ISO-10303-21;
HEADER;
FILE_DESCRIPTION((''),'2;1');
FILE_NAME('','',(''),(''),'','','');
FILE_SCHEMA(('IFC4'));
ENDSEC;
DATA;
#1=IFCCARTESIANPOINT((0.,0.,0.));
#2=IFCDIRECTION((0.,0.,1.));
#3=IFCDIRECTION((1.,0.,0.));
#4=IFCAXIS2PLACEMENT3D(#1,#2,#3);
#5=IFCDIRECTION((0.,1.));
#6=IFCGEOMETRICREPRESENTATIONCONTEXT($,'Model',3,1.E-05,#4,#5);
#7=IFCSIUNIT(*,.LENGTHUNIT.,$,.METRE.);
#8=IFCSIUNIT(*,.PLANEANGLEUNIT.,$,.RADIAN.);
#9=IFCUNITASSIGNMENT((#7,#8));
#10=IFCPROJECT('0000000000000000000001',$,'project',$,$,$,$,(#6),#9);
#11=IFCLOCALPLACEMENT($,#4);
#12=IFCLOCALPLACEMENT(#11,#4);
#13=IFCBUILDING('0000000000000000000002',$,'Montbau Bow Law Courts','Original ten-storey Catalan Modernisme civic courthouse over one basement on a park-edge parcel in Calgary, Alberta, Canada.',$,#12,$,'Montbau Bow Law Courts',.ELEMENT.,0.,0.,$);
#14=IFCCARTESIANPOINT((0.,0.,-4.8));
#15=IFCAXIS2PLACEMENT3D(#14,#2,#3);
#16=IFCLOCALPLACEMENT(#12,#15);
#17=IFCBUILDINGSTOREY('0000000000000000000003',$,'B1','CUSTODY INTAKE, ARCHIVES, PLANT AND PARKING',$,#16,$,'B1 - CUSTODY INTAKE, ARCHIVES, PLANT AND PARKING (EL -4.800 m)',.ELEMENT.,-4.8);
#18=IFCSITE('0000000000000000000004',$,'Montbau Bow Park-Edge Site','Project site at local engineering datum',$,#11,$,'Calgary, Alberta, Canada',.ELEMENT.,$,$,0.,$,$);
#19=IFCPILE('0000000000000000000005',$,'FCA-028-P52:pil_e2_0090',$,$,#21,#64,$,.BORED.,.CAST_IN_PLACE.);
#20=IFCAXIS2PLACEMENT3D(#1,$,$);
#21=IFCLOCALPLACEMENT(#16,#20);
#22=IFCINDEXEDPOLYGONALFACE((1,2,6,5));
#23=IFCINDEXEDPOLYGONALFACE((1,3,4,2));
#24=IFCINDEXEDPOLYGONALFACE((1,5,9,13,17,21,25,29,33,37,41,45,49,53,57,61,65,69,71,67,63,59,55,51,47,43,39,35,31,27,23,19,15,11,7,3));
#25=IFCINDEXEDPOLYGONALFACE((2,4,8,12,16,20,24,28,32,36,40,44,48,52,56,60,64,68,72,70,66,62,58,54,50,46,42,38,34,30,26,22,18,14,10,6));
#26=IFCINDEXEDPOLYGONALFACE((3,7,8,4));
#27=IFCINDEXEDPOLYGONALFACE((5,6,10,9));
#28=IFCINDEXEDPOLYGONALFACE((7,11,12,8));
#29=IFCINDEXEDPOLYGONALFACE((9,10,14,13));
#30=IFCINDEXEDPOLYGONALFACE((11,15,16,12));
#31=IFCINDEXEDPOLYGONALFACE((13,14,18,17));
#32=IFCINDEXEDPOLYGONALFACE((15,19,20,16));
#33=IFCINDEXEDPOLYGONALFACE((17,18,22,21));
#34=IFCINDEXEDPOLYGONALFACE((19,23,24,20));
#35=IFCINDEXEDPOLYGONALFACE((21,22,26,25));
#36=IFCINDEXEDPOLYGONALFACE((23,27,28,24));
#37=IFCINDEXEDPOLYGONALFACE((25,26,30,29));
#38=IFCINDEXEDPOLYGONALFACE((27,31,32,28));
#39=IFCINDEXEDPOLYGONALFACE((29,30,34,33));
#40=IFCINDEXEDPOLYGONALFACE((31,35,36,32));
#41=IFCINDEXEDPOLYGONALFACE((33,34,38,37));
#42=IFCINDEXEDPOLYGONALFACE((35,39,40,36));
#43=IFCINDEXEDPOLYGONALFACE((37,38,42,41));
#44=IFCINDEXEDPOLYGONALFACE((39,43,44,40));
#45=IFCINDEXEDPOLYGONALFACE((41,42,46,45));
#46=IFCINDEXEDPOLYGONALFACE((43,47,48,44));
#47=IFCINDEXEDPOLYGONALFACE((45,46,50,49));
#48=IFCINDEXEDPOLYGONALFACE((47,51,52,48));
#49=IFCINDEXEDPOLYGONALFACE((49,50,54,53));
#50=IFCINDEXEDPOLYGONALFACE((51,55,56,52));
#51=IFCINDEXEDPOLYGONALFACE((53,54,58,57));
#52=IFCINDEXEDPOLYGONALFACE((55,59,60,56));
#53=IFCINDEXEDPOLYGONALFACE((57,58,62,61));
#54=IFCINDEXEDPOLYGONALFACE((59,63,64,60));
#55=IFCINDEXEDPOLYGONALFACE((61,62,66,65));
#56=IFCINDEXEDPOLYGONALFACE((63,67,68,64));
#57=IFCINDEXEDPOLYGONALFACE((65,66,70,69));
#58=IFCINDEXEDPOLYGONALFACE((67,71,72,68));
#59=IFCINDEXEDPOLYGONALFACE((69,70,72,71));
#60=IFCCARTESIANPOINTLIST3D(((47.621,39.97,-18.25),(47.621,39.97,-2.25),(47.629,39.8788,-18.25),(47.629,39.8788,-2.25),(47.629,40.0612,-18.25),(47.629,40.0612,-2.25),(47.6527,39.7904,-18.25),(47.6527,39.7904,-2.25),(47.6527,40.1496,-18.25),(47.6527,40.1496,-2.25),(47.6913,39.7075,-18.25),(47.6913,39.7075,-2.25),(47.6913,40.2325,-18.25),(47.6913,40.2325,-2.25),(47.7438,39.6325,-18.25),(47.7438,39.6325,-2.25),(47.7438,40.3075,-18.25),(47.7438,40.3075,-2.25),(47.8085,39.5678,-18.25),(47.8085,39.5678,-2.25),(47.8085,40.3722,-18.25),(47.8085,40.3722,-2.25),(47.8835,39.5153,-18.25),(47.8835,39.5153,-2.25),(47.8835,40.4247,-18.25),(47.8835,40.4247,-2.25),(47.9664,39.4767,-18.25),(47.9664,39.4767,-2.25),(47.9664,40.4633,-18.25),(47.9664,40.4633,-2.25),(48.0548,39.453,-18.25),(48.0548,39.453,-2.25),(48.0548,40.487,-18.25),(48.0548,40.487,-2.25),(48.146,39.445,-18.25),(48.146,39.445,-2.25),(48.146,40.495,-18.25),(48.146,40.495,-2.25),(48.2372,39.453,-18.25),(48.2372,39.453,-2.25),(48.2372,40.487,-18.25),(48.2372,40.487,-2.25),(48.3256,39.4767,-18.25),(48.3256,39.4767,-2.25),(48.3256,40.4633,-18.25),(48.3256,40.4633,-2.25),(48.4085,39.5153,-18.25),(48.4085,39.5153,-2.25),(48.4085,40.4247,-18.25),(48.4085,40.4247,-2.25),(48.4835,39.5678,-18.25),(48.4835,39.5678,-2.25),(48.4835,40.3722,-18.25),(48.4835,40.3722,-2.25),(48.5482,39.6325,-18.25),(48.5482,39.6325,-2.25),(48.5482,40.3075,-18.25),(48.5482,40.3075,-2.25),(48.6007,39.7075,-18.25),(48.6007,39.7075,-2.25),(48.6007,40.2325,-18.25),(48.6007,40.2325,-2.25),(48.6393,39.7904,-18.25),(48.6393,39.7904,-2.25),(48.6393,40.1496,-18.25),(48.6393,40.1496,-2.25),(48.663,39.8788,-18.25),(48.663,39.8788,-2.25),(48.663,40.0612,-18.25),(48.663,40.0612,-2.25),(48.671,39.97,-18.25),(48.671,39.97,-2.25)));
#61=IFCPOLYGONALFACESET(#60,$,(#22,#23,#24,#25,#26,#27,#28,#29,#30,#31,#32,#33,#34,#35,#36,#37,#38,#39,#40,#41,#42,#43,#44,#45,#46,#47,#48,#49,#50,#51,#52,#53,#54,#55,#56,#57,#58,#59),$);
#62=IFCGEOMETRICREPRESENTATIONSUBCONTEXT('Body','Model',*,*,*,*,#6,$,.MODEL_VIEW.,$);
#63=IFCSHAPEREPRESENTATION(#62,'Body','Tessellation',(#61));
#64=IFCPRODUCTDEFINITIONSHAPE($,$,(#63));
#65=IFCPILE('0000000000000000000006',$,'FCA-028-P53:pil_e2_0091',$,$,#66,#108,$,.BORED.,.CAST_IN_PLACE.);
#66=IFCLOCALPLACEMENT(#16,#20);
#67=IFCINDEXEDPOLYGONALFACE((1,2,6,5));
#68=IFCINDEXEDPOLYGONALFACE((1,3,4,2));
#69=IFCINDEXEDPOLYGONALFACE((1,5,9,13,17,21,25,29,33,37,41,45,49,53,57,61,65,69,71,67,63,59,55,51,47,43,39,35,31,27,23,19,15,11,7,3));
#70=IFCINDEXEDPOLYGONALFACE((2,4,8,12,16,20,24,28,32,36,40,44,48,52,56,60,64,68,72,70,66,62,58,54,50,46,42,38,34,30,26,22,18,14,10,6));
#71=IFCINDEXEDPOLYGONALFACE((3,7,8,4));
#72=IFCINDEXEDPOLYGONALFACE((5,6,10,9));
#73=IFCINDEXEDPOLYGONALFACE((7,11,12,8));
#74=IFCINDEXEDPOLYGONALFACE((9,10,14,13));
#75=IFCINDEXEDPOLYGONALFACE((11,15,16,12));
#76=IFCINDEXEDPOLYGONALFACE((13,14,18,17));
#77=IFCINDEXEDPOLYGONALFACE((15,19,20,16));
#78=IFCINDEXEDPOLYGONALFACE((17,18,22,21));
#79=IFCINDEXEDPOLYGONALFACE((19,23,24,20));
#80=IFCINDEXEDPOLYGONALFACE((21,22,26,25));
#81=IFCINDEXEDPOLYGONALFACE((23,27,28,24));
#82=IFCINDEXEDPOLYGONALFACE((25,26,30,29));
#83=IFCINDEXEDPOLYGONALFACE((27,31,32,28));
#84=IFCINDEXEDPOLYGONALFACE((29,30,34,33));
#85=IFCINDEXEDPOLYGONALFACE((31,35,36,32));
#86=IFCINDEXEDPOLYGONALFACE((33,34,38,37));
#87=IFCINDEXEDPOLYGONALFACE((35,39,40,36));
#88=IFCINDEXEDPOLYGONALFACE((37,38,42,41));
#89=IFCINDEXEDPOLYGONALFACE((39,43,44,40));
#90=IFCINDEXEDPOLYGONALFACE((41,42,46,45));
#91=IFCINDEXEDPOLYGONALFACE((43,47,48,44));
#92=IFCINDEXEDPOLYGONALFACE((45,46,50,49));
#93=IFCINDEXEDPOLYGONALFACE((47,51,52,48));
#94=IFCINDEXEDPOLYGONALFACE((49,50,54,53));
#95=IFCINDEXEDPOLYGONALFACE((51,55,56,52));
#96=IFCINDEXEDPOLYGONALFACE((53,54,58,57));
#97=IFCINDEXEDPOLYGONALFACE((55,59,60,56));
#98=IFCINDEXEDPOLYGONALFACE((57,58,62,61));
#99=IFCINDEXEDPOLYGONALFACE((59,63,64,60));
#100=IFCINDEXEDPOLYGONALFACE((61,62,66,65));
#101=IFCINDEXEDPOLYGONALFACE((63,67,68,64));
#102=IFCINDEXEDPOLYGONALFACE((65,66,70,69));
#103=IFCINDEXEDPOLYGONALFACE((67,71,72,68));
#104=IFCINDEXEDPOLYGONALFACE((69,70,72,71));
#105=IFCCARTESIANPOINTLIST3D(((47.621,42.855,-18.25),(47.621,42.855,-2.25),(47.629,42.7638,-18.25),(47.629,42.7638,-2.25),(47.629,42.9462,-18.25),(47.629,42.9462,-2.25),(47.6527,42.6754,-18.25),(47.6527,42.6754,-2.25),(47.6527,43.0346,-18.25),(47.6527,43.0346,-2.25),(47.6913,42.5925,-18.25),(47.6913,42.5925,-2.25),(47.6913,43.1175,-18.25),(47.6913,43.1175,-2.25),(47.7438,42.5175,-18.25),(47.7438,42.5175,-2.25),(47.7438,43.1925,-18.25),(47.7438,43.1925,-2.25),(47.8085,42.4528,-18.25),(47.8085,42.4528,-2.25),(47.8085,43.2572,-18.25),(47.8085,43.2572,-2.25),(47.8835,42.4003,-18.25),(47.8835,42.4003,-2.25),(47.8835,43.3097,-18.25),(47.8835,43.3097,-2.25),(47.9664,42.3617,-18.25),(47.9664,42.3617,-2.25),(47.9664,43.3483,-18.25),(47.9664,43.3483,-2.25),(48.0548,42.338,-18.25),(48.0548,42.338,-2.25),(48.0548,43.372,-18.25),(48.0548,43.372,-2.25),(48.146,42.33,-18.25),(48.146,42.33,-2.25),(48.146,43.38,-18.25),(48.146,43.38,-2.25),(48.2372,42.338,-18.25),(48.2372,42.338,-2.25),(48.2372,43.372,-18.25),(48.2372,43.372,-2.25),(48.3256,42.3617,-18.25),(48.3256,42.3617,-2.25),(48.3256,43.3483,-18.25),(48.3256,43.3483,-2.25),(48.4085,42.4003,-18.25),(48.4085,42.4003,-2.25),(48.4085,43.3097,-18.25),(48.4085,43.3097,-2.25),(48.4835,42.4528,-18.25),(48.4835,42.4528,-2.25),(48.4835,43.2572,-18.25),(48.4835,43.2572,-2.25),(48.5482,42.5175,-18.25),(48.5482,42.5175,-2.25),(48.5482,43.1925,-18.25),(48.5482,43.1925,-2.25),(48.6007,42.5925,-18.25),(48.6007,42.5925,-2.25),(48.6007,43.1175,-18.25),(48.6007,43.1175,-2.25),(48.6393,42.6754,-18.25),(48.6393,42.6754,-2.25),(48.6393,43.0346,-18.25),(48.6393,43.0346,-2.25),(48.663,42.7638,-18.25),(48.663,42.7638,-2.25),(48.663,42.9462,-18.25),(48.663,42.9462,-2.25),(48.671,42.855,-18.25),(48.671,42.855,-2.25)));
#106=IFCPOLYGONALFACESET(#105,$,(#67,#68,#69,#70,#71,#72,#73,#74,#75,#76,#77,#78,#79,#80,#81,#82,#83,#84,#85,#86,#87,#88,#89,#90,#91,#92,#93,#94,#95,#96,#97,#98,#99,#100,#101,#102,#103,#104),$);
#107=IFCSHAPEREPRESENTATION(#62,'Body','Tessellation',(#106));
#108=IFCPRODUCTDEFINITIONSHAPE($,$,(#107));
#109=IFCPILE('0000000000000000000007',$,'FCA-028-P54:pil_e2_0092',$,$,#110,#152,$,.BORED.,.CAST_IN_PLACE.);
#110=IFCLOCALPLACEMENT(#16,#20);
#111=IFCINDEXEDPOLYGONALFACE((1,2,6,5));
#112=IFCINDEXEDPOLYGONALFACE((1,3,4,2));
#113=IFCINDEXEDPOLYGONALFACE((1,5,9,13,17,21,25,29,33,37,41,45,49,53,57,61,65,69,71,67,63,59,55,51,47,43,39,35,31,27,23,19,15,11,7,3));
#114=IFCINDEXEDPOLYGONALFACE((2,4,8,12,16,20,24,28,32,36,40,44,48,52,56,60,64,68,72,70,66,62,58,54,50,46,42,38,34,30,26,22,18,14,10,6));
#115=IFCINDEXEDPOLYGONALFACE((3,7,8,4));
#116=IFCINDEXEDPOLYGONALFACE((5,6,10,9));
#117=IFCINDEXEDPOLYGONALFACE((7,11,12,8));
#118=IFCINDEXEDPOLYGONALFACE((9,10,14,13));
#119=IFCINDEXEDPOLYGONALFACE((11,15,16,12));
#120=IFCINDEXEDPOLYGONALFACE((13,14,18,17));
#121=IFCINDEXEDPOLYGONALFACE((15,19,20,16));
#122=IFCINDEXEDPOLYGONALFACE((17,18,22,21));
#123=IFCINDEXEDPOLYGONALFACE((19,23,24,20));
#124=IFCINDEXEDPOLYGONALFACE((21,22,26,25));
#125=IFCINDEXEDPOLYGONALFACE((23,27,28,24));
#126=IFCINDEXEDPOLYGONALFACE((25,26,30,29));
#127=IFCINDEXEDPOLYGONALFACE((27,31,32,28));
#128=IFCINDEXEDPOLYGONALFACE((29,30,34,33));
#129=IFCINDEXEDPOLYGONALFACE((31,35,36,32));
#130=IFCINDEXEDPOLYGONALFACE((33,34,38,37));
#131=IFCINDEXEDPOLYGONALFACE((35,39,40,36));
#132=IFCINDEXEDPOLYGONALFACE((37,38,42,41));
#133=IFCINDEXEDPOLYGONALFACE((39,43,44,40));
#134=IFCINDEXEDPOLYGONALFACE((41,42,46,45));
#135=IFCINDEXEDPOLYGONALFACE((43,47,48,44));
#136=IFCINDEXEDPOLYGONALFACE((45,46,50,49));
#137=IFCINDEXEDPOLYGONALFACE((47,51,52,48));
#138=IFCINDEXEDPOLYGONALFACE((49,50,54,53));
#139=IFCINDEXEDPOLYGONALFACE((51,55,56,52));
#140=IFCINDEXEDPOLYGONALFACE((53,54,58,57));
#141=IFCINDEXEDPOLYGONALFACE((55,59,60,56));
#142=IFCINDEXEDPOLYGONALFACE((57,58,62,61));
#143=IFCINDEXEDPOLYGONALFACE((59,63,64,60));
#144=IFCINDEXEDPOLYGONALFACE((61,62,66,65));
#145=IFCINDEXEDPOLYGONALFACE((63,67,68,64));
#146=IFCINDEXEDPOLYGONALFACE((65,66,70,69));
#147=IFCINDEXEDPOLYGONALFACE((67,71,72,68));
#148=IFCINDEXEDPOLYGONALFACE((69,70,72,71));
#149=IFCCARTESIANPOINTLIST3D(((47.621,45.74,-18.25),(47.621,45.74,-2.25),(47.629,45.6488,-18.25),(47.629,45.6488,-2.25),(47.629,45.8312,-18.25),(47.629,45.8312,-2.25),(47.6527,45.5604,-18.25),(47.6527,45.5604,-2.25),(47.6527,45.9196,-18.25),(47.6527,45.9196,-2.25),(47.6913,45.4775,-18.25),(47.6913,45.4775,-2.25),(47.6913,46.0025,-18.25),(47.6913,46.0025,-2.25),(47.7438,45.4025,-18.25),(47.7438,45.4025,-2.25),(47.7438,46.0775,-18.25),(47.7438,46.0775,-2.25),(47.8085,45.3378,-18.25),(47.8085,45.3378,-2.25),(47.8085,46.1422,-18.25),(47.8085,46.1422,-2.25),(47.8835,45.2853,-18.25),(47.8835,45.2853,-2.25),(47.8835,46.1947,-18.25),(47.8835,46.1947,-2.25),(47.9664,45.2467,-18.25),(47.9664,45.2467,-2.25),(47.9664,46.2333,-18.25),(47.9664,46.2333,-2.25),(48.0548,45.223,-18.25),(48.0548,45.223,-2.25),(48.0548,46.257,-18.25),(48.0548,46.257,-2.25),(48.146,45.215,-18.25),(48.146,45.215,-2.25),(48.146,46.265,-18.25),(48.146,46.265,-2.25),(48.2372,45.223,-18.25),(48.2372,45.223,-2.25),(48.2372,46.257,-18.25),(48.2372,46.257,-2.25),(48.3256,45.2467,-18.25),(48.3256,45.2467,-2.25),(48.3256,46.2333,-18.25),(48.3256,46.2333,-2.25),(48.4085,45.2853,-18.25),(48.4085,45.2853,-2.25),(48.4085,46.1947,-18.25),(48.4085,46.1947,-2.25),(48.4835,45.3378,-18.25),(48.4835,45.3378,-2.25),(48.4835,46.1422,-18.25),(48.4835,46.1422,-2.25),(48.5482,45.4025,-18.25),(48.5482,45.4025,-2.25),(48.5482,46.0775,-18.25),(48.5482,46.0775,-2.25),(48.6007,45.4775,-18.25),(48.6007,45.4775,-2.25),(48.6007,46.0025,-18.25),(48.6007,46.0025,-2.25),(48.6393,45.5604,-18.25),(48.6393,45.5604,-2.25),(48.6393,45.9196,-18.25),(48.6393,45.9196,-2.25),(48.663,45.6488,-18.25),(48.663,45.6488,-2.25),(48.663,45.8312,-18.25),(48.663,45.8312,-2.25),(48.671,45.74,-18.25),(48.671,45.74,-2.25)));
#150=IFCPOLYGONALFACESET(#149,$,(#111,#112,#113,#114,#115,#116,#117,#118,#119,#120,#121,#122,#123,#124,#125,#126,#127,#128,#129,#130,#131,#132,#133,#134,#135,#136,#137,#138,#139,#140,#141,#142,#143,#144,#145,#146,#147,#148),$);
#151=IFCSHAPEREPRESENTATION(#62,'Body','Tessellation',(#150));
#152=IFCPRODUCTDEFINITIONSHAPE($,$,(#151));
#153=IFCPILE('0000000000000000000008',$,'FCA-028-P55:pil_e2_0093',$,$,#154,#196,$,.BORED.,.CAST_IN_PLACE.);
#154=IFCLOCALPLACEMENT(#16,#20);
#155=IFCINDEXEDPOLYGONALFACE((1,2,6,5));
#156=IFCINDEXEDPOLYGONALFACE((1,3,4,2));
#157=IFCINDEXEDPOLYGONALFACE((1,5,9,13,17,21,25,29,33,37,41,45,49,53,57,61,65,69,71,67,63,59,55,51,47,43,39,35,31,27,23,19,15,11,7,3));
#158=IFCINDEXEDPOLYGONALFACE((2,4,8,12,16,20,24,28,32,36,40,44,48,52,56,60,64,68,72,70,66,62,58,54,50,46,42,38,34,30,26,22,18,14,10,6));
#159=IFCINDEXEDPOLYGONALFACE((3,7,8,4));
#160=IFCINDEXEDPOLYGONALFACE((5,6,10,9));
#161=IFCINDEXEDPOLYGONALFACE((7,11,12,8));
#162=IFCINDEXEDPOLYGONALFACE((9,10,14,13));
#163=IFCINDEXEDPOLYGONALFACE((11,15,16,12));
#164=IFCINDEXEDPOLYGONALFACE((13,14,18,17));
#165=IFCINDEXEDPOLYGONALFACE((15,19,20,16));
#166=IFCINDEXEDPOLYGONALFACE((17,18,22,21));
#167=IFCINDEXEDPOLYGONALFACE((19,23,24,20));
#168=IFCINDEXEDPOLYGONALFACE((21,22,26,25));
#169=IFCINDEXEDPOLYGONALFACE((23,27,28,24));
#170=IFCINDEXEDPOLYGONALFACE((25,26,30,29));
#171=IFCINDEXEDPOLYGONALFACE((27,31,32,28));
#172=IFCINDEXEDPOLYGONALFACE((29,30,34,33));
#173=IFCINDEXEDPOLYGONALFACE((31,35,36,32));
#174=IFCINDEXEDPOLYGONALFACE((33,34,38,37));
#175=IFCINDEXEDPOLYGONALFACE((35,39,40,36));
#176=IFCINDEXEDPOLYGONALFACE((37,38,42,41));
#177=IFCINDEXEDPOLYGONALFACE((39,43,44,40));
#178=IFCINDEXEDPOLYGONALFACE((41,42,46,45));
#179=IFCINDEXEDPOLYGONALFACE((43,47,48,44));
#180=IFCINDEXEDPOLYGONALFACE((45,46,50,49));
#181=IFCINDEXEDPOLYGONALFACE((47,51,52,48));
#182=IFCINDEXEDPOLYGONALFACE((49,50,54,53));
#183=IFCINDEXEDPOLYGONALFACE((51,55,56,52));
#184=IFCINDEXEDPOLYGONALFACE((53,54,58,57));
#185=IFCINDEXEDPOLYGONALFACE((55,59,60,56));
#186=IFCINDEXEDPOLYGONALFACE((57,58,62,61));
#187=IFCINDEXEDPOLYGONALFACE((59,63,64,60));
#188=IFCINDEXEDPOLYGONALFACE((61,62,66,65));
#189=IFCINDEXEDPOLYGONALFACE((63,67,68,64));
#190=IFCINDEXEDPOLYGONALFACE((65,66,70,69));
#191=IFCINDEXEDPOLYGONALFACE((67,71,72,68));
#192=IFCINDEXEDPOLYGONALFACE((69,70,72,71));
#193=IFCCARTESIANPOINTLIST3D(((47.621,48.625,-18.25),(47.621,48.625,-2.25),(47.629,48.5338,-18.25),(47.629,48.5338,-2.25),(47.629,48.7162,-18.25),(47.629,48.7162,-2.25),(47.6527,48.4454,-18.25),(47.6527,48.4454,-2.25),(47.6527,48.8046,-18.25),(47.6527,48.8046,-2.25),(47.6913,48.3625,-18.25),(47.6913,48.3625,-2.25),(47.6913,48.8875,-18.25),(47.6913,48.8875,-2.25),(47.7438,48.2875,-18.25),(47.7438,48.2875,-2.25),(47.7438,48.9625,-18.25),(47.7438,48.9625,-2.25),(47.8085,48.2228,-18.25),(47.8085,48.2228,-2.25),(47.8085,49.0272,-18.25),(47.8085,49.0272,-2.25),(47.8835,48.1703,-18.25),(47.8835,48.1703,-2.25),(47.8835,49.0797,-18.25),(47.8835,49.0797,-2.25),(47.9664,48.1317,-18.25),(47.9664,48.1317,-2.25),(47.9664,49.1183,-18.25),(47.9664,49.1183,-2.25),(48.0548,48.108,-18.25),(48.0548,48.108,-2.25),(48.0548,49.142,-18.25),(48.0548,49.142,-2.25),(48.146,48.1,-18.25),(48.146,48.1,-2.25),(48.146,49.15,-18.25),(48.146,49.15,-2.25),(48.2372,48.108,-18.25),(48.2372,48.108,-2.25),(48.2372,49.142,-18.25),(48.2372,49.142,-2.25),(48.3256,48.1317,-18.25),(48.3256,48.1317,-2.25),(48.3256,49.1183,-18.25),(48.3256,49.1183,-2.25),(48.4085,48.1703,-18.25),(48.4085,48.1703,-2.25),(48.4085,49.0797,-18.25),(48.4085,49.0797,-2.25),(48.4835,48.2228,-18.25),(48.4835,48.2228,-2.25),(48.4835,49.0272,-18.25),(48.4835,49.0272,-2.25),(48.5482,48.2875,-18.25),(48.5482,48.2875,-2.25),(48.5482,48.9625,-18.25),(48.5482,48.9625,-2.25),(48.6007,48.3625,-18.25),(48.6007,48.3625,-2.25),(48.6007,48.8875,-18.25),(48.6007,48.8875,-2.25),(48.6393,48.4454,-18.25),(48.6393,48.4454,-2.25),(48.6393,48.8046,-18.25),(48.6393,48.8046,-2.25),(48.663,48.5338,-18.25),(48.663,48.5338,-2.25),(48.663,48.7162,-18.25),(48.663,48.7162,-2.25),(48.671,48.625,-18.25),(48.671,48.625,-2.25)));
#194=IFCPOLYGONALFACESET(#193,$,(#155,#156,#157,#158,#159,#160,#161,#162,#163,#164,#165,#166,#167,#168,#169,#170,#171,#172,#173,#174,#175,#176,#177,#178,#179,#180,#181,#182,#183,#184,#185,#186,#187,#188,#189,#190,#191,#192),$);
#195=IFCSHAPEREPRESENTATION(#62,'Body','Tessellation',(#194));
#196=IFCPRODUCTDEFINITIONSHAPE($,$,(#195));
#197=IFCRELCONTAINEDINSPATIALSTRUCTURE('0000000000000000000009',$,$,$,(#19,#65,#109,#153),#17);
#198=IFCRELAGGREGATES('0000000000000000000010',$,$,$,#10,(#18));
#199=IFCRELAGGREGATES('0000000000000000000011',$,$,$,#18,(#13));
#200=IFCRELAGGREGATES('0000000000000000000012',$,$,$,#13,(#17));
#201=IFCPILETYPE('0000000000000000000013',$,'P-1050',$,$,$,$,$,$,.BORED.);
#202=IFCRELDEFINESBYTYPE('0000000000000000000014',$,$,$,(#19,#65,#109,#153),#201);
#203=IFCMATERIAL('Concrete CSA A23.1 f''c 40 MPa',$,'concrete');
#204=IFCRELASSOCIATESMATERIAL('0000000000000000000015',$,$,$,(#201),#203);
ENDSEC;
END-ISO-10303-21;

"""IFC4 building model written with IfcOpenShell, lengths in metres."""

from ifc_helpers import new_model, si_unit, direction, frame, origin_with_axes, origin_2d_with_axis, place, context, subcontext, project, spatial, circle, extrude, material, material_profile, profile_set, type_object, element, save


model = new_model("IFC4")

# Units and contexts
model_context = context("Model", 3, precision=1e-05, world=origin_with_axes(), true_north=direction((0.0, 1.0)))
body_context = subcontext(model_context, "Body", "Model", "MODEL_VIEW")
ifc_project = project(units=[si_unit("LENGTHUNIT", "METRE"), si_unit("PLANEANGLEUNIT", "RADIAN")], contexts=[model_context])

# Site, building, storey
site_placement = place(None, origin_with_axes())
site = spatial("IfcSite", under=ifc_project, at=site_placement, Name="Montbau Bow Park-Edge Site", Description="Project site at local engineering datum", LongName="Calgary, Alberta, Canada", CompositionType="ELEMENT", RefElevation=0.0)
building_placement = place(site_placement, origin_with_axes())
building = spatial("IfcBuilding", under=site, at=building_placement, Name="Montbau Bow Law Courts", Description="Original ten-storey Catalan Modernisme civic courthouse over one basement on a park-edge parcel in Calgary, Alberta, Canada.", LongName="Montbau Bow Law Courts", CompositionType="ELEMENT", ElevationOfRefHeight=0.0, ElevationOfTerrain=0.0)
storey_placement = place(building_placement, frame((0.0, 0.0, -4.8), z_axis=(0.0, 0.0, 1.0), x_axis=(1.0, 0.0, 0.0)))
storey = spatial("IfcBuildingStorey", under=building, at=storey_placement, Name="B1", Description="CUSTODY INTAKE, ARCHIVES, PLANT AND PARKING", LongName="B1 - CUSTODY INTAKE, ARCHIVES, PLANT AND PARKING (EL -4.800 m)", CompositionType="ELEMENT", Elevation=-4.8)

# Piles
ifc_material_1 = material(Name="Concrete CSA A23.1 f'c 40 MPa", Category="concrete")
ifc_material_profile_1 = material_profile(ifc_material_1, circle(Radius=0.525, at=origin_2d_with_axis()), Name="BP1050", Category="Main", Priority=0)
ifc_profile_set_1 = profile_set([ifc_material_profile_1], Name="Concrete CSA A23.1 f'c 40 MPa")
pile_type = type_object("IfcPileType", Name="P-1050", PredefinedType="BORED", material=ifc_profile_set_1)
for number, where, z_axis, x_axis, name in (
    (1, (48.146, 39.97, -23.05), (0.0, 0.0, 1.0), (1.0, 0.0, 0.0), "FCA-028-P52:pil_e2_0090"),
    (2, (48.146, 42.855, -23.05), (0.0, 0.0, 1.0), (1.0, 0.0, 0.0), "FCA-028-P53:pil_e2_0091"),
    (3, (48.146, 45.74, -23.05), (0.0, 0.0, 1.0), (1.0, 0.0, 0.0), "FCA-028-P54:pil_e2_0092"),
    (4, (48.146, 48.625, -23.05), (0.0, 0.0, 1.0), (1.0, 0.0, 0.0), "FCA-028-P55:pil_e2_0093"),
):
    element("IfcPile", number, at=place(None, frame(where, z_axis=z_axis, x_axis=x_axis)), inside=storey, type_object=pile_type, Name=name, ConstructionType="CAST_IN_PLACE", PredefinedType="BORED", context=body_context, shape_type="SweptSolid", body=[
        extrude(circle(Radius=0.525, at=origin_2d_with_axis()), origin_with_axes(), (0.0, 0.0, 1.0), 16.0),
    ])

save(model, "model.ifc")
